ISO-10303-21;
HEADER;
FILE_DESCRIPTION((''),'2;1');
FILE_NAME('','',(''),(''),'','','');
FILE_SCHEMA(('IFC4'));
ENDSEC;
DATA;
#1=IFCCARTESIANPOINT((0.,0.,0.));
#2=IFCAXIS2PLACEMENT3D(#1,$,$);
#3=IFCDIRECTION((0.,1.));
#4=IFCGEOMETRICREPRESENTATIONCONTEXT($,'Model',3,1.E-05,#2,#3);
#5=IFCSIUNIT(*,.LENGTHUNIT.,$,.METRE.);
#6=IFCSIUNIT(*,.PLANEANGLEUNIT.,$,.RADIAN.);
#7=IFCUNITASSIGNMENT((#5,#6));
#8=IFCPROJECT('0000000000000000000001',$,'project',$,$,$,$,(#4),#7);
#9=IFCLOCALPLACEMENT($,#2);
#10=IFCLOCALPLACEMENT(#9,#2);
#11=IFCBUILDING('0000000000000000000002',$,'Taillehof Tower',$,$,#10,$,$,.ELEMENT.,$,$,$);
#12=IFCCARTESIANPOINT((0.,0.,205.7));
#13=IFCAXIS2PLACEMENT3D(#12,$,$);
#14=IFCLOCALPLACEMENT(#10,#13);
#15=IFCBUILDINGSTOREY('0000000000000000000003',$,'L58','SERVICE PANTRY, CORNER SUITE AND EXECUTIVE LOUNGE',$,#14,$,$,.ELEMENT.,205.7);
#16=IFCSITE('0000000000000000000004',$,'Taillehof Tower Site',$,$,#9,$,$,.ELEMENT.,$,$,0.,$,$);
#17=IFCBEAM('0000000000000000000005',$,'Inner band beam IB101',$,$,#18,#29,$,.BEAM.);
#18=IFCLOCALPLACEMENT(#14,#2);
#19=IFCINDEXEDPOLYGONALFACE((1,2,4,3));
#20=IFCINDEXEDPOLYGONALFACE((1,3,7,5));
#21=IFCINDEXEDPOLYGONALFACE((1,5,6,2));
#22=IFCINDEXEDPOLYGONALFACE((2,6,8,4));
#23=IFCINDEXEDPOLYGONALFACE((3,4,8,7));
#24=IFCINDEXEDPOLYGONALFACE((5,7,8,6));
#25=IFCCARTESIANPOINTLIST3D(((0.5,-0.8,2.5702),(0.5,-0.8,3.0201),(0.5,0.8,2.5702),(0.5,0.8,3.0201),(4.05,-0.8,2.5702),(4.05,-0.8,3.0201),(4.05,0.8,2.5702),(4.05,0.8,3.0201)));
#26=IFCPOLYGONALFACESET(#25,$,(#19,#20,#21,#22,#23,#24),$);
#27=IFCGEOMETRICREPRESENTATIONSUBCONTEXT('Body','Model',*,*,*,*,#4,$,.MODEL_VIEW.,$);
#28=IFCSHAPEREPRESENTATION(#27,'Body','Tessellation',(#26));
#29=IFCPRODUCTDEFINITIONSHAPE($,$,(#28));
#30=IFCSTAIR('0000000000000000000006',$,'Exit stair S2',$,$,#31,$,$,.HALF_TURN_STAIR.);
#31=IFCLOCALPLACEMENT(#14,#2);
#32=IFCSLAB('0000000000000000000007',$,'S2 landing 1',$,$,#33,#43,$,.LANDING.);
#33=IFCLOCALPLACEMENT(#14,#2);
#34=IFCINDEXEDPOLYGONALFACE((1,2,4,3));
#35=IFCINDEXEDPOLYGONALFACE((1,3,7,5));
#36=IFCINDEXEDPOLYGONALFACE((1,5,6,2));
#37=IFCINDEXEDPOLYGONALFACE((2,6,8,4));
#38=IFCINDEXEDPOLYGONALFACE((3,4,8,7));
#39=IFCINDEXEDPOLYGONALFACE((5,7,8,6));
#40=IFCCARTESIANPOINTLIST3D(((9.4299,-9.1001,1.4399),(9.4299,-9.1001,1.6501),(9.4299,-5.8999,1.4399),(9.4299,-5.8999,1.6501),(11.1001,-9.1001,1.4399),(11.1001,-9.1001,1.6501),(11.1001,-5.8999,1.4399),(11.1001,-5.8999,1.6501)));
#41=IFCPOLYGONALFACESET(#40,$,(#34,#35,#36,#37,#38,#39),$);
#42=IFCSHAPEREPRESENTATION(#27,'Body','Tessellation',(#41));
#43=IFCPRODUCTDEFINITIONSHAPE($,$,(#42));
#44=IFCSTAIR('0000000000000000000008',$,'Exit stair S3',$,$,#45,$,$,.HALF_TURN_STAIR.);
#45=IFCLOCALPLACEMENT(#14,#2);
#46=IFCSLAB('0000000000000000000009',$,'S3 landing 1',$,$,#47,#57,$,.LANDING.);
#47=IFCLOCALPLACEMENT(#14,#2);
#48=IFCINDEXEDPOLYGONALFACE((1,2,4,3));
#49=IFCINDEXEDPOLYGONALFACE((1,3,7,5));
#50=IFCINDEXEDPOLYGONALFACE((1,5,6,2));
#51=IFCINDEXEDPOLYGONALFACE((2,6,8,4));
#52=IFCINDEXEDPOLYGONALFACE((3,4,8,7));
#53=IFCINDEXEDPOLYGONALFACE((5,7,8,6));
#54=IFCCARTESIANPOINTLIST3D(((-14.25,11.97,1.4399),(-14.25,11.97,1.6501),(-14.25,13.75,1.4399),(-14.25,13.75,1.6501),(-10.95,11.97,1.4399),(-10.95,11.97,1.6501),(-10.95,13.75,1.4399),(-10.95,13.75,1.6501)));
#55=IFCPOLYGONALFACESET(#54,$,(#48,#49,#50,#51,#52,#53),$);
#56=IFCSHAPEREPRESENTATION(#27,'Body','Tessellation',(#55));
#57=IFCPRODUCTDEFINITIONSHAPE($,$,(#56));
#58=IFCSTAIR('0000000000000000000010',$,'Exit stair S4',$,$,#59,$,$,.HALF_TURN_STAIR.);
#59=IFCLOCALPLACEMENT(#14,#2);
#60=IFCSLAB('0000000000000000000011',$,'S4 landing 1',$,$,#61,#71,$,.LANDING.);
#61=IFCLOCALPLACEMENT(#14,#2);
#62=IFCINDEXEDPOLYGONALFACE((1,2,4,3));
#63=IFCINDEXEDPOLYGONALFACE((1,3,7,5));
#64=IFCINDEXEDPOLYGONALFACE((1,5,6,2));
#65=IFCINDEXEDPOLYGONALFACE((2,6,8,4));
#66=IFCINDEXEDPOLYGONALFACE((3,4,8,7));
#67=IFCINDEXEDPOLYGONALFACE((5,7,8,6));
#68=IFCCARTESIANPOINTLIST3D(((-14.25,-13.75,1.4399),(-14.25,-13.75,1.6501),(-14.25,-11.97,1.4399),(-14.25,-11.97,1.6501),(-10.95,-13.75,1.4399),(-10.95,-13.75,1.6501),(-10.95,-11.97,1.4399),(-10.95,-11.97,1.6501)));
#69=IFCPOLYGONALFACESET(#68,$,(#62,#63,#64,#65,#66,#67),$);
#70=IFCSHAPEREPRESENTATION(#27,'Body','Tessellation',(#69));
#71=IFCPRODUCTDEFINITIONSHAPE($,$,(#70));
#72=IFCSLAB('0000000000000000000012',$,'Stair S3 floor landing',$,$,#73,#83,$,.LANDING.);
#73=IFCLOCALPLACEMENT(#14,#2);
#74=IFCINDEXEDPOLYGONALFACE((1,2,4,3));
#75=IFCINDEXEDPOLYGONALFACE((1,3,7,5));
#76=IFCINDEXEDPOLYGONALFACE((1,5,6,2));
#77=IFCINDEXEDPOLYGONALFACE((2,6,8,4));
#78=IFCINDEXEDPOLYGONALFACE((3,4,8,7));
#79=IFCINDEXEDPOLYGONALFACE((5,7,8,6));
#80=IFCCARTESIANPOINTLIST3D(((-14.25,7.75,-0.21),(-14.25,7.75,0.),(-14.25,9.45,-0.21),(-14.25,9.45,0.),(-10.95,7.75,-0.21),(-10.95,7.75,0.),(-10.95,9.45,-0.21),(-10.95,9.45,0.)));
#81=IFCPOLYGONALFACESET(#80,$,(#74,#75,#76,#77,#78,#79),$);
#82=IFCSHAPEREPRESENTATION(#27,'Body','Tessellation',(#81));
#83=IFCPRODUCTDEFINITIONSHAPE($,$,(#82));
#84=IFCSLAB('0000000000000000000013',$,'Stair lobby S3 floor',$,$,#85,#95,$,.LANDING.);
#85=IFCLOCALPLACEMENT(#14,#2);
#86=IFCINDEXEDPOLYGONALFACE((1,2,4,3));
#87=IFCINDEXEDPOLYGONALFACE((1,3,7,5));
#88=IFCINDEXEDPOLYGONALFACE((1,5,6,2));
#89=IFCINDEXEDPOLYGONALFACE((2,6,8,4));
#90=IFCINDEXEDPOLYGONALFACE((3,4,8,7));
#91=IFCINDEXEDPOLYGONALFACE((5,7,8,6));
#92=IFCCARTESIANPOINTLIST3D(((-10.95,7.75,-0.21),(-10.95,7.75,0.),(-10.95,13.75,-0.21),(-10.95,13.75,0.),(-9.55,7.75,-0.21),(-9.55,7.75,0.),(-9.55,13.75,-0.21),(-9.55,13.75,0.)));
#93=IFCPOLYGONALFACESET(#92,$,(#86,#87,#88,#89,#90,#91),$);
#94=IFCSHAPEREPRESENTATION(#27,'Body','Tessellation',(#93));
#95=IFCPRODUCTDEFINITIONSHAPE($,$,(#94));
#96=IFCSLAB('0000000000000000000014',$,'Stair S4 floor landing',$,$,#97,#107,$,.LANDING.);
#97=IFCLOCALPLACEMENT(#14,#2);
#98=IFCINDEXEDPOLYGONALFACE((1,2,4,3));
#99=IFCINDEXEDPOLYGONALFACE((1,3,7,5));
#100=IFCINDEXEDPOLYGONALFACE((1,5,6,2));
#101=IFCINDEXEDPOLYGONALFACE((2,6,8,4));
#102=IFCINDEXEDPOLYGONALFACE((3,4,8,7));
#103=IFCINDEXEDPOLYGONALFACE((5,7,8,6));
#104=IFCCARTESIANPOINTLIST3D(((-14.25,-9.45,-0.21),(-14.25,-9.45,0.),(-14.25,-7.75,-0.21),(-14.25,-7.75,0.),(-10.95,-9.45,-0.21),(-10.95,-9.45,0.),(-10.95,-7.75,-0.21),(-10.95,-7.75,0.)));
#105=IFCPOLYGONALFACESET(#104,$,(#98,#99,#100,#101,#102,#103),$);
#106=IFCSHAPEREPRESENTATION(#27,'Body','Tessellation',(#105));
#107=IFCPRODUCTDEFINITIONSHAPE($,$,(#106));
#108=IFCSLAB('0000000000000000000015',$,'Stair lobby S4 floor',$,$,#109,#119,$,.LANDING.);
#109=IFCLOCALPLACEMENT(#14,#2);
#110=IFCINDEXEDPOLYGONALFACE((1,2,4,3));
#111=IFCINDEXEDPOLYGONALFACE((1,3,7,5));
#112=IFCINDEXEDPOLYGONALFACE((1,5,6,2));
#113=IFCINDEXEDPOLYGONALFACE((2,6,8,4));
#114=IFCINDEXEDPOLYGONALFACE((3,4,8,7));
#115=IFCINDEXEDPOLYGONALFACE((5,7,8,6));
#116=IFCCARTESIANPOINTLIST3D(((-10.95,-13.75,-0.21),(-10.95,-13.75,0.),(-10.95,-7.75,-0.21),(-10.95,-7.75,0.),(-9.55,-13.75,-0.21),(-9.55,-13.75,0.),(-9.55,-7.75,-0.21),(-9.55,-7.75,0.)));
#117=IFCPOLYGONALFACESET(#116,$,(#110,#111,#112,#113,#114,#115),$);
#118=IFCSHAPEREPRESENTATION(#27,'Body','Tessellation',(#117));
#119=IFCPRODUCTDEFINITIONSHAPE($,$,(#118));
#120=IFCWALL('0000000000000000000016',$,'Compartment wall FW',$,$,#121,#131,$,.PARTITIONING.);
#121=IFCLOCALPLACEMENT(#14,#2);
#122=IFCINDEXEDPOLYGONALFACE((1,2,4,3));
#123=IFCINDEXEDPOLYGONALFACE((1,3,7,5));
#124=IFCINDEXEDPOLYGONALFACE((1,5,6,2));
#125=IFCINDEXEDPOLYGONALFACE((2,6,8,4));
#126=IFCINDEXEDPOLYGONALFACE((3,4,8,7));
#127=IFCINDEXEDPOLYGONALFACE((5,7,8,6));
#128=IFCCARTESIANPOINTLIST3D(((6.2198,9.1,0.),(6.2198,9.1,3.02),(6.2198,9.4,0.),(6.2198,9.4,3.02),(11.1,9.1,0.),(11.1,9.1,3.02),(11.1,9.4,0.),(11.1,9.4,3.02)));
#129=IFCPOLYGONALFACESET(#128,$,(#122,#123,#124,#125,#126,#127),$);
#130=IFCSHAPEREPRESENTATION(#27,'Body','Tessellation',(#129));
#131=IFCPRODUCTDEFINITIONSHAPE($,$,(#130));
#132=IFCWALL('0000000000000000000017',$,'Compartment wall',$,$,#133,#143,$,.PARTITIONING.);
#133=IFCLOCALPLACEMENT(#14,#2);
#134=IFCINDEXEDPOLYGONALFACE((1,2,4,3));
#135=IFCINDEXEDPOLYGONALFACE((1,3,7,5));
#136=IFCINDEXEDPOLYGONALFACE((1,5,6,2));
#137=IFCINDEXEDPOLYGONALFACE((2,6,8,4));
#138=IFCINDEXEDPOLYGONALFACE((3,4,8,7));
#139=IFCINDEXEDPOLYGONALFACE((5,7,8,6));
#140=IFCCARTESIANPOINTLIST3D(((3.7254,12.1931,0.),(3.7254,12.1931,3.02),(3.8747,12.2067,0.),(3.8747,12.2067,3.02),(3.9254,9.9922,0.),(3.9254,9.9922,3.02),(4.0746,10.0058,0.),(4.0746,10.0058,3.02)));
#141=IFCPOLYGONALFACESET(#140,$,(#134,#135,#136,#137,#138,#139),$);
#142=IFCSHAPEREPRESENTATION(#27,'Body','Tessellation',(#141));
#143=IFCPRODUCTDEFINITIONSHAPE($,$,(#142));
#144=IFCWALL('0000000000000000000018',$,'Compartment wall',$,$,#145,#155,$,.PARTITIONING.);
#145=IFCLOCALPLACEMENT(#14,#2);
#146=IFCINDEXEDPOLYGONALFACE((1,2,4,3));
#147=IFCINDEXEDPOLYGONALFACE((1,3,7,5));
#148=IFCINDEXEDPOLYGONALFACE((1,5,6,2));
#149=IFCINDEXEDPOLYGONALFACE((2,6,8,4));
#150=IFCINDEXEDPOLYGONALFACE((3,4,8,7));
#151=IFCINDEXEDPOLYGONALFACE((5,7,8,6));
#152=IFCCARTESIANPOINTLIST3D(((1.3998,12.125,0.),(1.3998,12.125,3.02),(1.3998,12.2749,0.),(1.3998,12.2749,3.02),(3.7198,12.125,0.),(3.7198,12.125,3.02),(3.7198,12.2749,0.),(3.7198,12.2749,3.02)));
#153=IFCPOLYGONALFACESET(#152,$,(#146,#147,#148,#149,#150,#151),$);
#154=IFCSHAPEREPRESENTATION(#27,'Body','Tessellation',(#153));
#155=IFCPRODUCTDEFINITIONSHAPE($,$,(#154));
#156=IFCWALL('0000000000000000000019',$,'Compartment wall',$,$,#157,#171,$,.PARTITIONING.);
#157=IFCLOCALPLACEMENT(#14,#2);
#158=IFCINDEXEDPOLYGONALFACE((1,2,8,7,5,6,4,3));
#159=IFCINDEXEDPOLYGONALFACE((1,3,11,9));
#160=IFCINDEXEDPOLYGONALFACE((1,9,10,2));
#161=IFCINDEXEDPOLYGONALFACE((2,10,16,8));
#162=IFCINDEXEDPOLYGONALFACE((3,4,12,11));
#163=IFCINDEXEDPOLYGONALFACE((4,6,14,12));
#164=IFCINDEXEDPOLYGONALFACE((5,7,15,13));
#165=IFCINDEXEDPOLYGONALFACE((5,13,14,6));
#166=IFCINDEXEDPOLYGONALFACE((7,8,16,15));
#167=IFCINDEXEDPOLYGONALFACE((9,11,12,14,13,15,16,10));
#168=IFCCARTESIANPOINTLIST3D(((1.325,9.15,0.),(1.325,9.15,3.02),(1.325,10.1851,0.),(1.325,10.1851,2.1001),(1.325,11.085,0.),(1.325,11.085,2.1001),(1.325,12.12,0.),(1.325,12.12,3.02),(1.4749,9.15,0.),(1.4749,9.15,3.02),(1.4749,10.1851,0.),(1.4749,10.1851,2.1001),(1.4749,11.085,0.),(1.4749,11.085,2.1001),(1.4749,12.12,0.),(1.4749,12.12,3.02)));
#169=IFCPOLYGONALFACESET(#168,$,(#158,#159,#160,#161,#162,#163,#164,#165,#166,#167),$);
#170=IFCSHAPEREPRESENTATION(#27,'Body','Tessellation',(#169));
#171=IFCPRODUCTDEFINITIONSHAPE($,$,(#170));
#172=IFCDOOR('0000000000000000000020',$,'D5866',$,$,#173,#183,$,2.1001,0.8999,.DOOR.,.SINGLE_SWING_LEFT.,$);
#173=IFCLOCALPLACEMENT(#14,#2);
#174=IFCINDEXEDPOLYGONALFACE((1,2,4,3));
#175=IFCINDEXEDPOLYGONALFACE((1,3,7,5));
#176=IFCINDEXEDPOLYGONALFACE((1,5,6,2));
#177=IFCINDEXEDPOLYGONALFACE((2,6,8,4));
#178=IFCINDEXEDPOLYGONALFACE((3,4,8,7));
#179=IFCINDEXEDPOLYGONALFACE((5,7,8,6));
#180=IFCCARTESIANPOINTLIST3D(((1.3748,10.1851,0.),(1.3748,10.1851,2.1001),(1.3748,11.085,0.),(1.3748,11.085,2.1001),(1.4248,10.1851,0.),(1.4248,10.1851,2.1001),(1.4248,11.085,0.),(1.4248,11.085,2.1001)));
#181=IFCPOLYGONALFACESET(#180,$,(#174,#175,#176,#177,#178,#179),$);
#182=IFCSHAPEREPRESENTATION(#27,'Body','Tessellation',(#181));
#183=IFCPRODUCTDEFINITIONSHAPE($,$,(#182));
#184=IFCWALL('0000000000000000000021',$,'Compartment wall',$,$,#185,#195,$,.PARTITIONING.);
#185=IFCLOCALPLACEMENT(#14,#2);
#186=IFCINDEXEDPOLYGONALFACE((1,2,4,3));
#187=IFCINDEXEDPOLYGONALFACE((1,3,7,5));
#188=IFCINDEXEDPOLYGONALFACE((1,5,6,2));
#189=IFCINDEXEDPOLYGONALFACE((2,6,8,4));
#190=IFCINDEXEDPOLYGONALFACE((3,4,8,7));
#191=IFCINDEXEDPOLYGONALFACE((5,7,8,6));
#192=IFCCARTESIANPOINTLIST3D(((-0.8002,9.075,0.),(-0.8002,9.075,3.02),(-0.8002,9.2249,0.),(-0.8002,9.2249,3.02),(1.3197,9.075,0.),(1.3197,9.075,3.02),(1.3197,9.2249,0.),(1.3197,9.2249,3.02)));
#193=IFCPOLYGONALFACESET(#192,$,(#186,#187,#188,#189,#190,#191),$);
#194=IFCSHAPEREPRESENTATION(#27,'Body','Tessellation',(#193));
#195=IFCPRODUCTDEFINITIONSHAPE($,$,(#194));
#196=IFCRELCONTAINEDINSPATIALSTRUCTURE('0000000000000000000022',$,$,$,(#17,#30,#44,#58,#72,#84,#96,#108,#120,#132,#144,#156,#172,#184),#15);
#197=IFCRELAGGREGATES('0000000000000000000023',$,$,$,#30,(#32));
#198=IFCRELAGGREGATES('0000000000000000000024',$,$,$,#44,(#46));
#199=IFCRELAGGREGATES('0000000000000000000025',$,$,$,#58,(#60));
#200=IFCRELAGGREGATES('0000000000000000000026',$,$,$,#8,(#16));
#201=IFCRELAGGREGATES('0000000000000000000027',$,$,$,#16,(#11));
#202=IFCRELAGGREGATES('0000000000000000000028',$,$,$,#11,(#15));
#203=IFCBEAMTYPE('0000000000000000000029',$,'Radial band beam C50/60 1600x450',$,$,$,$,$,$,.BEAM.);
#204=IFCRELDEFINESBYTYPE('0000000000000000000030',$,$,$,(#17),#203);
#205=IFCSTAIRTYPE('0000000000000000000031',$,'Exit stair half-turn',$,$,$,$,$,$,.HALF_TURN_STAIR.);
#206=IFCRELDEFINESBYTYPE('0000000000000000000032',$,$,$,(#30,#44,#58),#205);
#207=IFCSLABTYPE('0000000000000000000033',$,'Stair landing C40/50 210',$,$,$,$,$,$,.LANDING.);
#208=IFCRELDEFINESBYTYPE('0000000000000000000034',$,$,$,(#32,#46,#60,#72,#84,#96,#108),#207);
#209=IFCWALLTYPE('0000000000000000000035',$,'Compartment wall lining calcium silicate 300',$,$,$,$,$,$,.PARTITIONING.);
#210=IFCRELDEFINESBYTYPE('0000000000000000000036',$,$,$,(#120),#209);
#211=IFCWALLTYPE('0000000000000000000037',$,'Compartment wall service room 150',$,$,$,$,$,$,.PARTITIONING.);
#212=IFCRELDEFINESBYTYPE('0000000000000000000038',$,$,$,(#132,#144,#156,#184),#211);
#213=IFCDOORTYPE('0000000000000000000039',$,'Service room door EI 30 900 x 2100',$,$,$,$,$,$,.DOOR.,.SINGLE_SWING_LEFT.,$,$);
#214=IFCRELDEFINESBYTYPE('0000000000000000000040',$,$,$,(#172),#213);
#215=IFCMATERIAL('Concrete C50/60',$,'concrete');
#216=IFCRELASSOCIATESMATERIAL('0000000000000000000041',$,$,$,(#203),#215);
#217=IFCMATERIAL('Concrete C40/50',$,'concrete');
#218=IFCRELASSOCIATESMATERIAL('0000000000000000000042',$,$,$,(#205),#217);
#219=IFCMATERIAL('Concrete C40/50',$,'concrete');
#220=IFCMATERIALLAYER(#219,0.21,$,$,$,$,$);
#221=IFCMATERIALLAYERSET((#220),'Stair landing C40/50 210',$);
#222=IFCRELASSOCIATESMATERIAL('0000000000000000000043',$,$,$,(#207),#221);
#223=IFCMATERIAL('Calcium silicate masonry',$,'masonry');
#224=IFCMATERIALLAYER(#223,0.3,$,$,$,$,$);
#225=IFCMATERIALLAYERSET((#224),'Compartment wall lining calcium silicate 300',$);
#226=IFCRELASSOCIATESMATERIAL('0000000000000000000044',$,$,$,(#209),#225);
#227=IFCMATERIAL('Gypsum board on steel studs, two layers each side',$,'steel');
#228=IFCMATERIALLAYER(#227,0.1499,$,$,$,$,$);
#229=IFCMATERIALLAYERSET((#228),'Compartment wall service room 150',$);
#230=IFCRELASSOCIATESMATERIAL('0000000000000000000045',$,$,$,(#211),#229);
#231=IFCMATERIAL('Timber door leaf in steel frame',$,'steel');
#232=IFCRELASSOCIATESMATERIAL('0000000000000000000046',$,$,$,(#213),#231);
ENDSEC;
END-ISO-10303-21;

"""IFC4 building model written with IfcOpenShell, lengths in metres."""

from ifc_helpers import new_model, si_unit, direction, frame, frame_2d, origin, origin_2d, place, context, subcontext, project, spatial, polyline, rectangle, outline, extrude, material, layer, layer_set, material_profile, profile_set, type_object, element, fill, aggregate, save


model = new_model("IFC4")

# Units and contexts
model_context = context("Model", 3, precision=1e-05, world=origin(), true_north=direction((0.0, 1.0)))
body_context = subcontext(model_context, "Body", "Model", "MODEL_VIEW")
ifc_project = project(units=[si_unit("LENGTHUNIT", "METRE"), si_unit("PLANEANGLEUNIT", "RADIAN")], contexts=[model_context])

# Site, building, storey
site_placement = place(None, origin())
site = spatial("IfcSite", under=ifc_project, at=site_placement, Name="Taillehof Tower Site", CompositionType="ELEMENT", RefElevation=0.0)
building_placement = place(site_placement, origin())
building = spatial("IfcBuilding", under=site, at=building_placement, Name="Taillehof Tower", CompositionType="ELEMENT")
storey_placement = place(building_placement, frame((0.0, 0.0, 205.7)))
storey = spatial("IfcBuildingStorey", under=building, at=storey_placement, Name="L58", Description="SERVICE PANTRY, CORNER SUITE AND EXECUTIVE LOUNGE", CompositionType="ELEMENT", Elevation=205.7)

# Beam
ifc_material_1 = material(Name="Concrete C50/60", Category="concrete")
ifc_material_profile = material_profile(ifc_material_1, rectangle(XDim=1.6001, YDim=0.45, at=origin_2d()), Name="RC 1600x450")
ifc_profile_set = profile_set([ifc_material_profile], Name="Concrete C50/60")
beam_type = type_object("IfcBeamType", Name="Radial band beam C50/60 1600x450", PredefinedType="BEAM", material=ifc_profile_set)
beam_placement = place(storey_placement, frame((0.5, 0.0, 2.7952), z_axis=(1.0, 0.0, 0.0), x_axis=(0.0, 1.0, 0.0)))
element("IfcBeam", 1, at=beam_placement, inside=storey, type_object=beam_type, Name="Inner band beam IB101", PredefinedType="BEAM", context=body_context, shape_type="SweptSolid", body=[
    extrude(rectangle(XDim=1.6001, YDim=0.45, at=origin_2d()), origin(), (0.0, 0.0, 1.0), 3.55),
])

# Stairs, slabs
ifc_material_2 = material(Name="Concrete C40/50", Category="concrete")
stair_type = type_object("IfcStairType", Name="Exit stair half-turn", PredefinedType="HALF_TURN_STAIR", material=ifc_material_2)
stair_1_placement = place(storey_placement, origin())
stair_1 = element("IfcStair", 2, at=stair_1_placement, inside=storey, type_object=stair_type, Name="Exit stair S2", PredefinedType="HALF_TURN_STAIR")
ifc_material_3 = material(Name="Concrete C40/50", Category="concrete")
ifc_layer_1 = layer(ifc_material_3, 0.21)
ifc_layer_set_1 = layer_set([ifc_layer_1], Name="Stair landing C40/50 210")
slab_type = type_object("IfcSlabType", Name="Stair landing C40/50 210", PredefinedType="LANDING", material=ifc_layer_set_1)
slab_1_placement = place(storey_placement, frame((0.0, 0.0, 1.4399)))
slab_1 = element("IfcSlab", 3, at=slab_1_placement, type_object=slab_type, Name="S2 landing 1", PredefinedType="LANDING", context=body_context, shape_type="SweptSolid", body=[
    extrude(outline(polyline([(9.4299, -5.8999), (11.1001, -5.8999), (11.1001, -9.1001), (9.4299, -9.1001), (9.4299, -5.8999)])), origin(), (0.0, 0.0, 1.0), 0.2102),
])
aggregate(stair_1, [slab_1])
stair_2_placement = place(storey_placement, origin())
stair_2 = element("IfcStair", 4, at=stair_2_placement, inside=storey, type_object=stair_type, Name="Exit stair S3", PredefinedType="HALF_TURN_STAIR")
slab_2_placement = place(storey_placement, frame((0.0, 0.0, 1.4399)))
slab_2 = element("IfcSlab", 5, at=slab_2_placement, type_object=slab_type, Name="S3 landing 1", PredefinedType="LANDING", context=body_context, shape_type="SweptSolid", body=[
    extrude(outline(polyline([(-14.25, 11.97), (-14.25, 13.75), (-10.95, 13.75), (-10.95, 11.97), (-14.25, 11.97)])), origin(), (0.0, 0.0, 1.0), 0.2102),
])
aggregate(stair_2, [slab_2])
stair_3_placement = place(storey_placement, origin())
stair_3 = element("IfcStair", 6, at=stair_3_placement, inside=storey, type_object=stair_type, Name="Exit stair S4", PredefinedType="HALF_TURN_STAIR")
slab_3_placement = place(storey_placement, frame((0.0, 0.0, 1.4399)))
slab_3 = element("IfcSlab", 7, at=slab_3_placement, type_object=slab_type, Name="S4 landing 1", PredefinedType="LANDING", context=body_context, shape_type="SweptSolid", body=[
    extrude(outline(polyline([(-14.25, -11.97), (-14.25, -13.75), (-10.95, -13.75), (-10.95, -11.97), (-14.25, -11.97)])), origin(), (0.0, 0.0, 1.0), 0.2102),
])
aggregate(stair_3, [slab_3])

# Slabs
slab_4_placement = place(storey_placement, frame((0.0, 0.0, -0.21)))
element("IfcSlab", 8, at=slab_4_placement, inside=storey, type_object=slab_type, Name="Stair S3 floor landing", PredefinedType="LANDING", context=body_context, shape_type="SweptSolid", body=[
    extrude(outline(polyline([(-14.25, 7.75), (-14.25, 9.45), (-10.95, 9.45), (-10.95, 7.75), (-14.25, 7.75)])), origin(), (0.0, 0.0, 1.0), 0.21),
])
slab_5_placement = place(storey_placement, frame((0.0, 0.0, -0.21)))
element("IfcSlab", 9, at=slab_5_placement, inside=storey, type_object=slab_type, Name="Stair lobby S3 floor", PredefinedType="LANDING", context=body_context, shape_type="SweptSolid", body=[
    extrude(outline(polyline([(-10.95, 7.75), (-9.55, 7.75), (-9.55, 13.75), (-10.95, 13.75), (-10.95, 7.75)])), origin(), (0.0, 0.0, 1.0), 0.21),
])
slab_6_placement = place(storey_placement, frame((0.0, 0.0, -0.21)))
element("IfcSlab", 10, at=slab_6_placement, inside=storey, type_object=slab_type, Name="Stair S4 floor landing", PredefinedType="LANDING", context=body_context, shape_type="SweptSolid", body=[
    extrude(outline(polyline([(-14.25, -7.75), (-14.25, -9.45), (-10.95, -9.45), (-10.95, -7.75), (-14.25, -7.75)])), origin(), (0.0, 0.0, 1.0), 0.21),
])
slab_7_placement = place(storey_placement, frame((0.0, 0.0, -0.21)))
element("IfcSlab", 11, at=slab_7_placement, inside=storey, type_object=slab_type, Name="Stair lobby S4 floor", PredefinedType="LANDING", context=body_context, shape_type="SweptSolid", body=[
    extrude(outline(polyline([(-10.95, -13.75), (-9.55, -13.75), (-9.55, -7.75), (-10.95, -7.75), (-10.95, -13.75)])), origin(), (0.0, 0.0, 1.0), 0.21),
])

# Walls
ifc_material_4 = material(Name="Calcium silicate masonry", Category="masonry")
ifc_layer_2 = layer(ifc_material_4, 0.3)
ifc_layer_set_2 = layer_set([ifc_layer_2], Name="Compartment wall lining calcium silicate 300")
wall_type_1 = type_object("IfcWallType", Name="Compartment wall lining calcium silicate 300", PredefinedType="PARTITIONING", material=ifc_layer_set_2)
wall_1_placement = place(storey_placement, frame((6.22, 9.25, 0.0), z_axis=(0.0, 0.0, 1.0), x_axis=(1.0, 0.0, 0.0)))
element("IfcWall", 12, at=wall_1_placement, inside=storey, type_object=wall_type_1, Name="Compartment wall FW", PredefinedType="PARTITIONING", context=body_context, shape_type="SweptSolid", body=[
    extrude(rectangle(XDim=4.8801, YDim=0.3, at=frame_2d((2.4399, 0.0))), origin(), (0.0, 0.0, 1.0), 3.02),
])
ifc_material_5 = material(Name="Gypsum board on steel studs, two layers each side", Category="steel")
ifc_layer_3 = layer(ifc_material_5, 0.1499)
ifc_layer_set_3 = layer_set([ifc_layer_3], Name="Compartment wall service room 150")
wall_type_2 = type_object("IfcWallType", Name="Compartment wall service room 150", PredefinedType="PARTITIONING", material=ifc_layer_set_3)
wall_2_placement = place(storey_placement, frame((4.0, 9.999, 0.0), z_axis=(0.0, 0.0, 1.0), x_axis=(-0.090476, 0.995899, 0.0)))
element("IfcWall", 13, at=wall_2_placement, inside=storey, type_object=wall_type_2, Name="Compartment wall", PredefinedType="PARTITIONING", context=body_context, shape_type="SweptSolid", body=[
    extrude(rectangle(XDim=2.21, YDim=0.1499, at=frame_2d((1.105, 0.0))), origin(), (0.0, 0.0, 1.0), 3.02),
])
wall_3_placement = place(storey_placement, frame((3.72, 12.2, 0.0), z_axis=(0.0, 0.0, 1.0), x_axis=(-1.0, 0.0, 0.0)))
element("IfcWall", 14, at=wall_3_placement, inside=storey, type_object=wall_type_2, Name="Compartment wall", PredefinedType="PARTITIONING", context=body_context, shape_type="SweptSolid", body=[
    extrude(rectangle(XDim=2.3201, YDim=0.1499, at=frame_2d((1.1602, 0.0))), origin(), (0.0, 0.0, 1.0), 3.02),
])

# Wall, opening, door
wall_4_placement = place(storey_placement, frame((1.3999, 12.1199, 0.0), z_axis=(0.0, 0.0, 1.0), x_axis=(0.0, -1.0, 0.0)))
wall_4 = element("IfcWall", 15, at=wall_4_placement, inside=storey, type_object=wall_type_2, Name="Compartment wall", PredefinedType="PARTITIONING", context=body_context, shape_type="SweptSolid", body=[
    extrude(rectangle(XDim=2.97, YDim=0.1499, at=frame_2d((1.4849, 0.0))), origin(), (0.0, 0.0, 1.0), 3.02),
])
opening_1_placement = place(wall_4_placement, frame((1.0349, 0.0, 0.0)))
opening_1 = element("IfcOpeningElement", 16, at=opening_1_placement, cuts=wall_4, PredefinedType="OPENING", context=body_context, shape_type="SweptSolid", body=[
    extrude(rectangle(XDim=0.8999, YDim=2.1001, at=frame_2d((0.45, 1.05))), frame((0.0, 0.085, 0.0), z_axis=(0.0, -1.0, 0.0), x_axis=(1.0, 0.0, 0.0)), (0.0, 0.0, 1.0), 0.1699),
])
ifc_material_6 = material(Name="Timber door leaf in steel frame", Category="steel")
door_type_1 = type_object("IfcDoorType", Name="Service room door EI 30 900 x 2100", OperationType="SINGLE_SWING_LEFT", PredefinedType="DOOR", material=ifc_material_6)
door_1_placement = place(opening_1_placement, origin())
door_1 = element("IfcDoor", 17, at=door_1_placement, inside=storey, type_object=door_type_1, Name="D5866", OperationType="SINGLE_SWING_LEFT", OverallHeight=2.1001, OverallWidth=0.8999, PredefinedType="DOOR", context=body_context, shape_type="SweptSolid", body=[
    extrude(rectangle(XDim=0.8999, YDim=2.1001, at=frame_2d((0.45, 1.05))), frame((0.0, 0.0249, 0.0), z_axis=(0.0, -1.0, 0.0), x_axis=(1.0, 0.0, 0.0)), (0.0, 0.0, 1.0), 0.05),
])
fill(opening_1, door_1)

# Wall
wall_5_placement = place(storey_placement, frame((1.3198, 9.1499, 0.0), z_axis=(0.0, 0.0, 1.0), x_axis=(-1.0, 0.0, 0.0)))
element("IfcWall", 18, at=wall_5_placement, inside=storey, type_object=wall_type_2, Name="Compartment wall", PredefinedType="PARTITIONING", context=body_context, shape_type="SweptSolid", body=[
    extrude(rectangle(XDim=2.1199, YDim=0.1499, at=frame_2d((1.0601, 0.0))), origin(), (0.0, 0.0, 1.0), 3.02),
])

save(model, "model.ifc")
